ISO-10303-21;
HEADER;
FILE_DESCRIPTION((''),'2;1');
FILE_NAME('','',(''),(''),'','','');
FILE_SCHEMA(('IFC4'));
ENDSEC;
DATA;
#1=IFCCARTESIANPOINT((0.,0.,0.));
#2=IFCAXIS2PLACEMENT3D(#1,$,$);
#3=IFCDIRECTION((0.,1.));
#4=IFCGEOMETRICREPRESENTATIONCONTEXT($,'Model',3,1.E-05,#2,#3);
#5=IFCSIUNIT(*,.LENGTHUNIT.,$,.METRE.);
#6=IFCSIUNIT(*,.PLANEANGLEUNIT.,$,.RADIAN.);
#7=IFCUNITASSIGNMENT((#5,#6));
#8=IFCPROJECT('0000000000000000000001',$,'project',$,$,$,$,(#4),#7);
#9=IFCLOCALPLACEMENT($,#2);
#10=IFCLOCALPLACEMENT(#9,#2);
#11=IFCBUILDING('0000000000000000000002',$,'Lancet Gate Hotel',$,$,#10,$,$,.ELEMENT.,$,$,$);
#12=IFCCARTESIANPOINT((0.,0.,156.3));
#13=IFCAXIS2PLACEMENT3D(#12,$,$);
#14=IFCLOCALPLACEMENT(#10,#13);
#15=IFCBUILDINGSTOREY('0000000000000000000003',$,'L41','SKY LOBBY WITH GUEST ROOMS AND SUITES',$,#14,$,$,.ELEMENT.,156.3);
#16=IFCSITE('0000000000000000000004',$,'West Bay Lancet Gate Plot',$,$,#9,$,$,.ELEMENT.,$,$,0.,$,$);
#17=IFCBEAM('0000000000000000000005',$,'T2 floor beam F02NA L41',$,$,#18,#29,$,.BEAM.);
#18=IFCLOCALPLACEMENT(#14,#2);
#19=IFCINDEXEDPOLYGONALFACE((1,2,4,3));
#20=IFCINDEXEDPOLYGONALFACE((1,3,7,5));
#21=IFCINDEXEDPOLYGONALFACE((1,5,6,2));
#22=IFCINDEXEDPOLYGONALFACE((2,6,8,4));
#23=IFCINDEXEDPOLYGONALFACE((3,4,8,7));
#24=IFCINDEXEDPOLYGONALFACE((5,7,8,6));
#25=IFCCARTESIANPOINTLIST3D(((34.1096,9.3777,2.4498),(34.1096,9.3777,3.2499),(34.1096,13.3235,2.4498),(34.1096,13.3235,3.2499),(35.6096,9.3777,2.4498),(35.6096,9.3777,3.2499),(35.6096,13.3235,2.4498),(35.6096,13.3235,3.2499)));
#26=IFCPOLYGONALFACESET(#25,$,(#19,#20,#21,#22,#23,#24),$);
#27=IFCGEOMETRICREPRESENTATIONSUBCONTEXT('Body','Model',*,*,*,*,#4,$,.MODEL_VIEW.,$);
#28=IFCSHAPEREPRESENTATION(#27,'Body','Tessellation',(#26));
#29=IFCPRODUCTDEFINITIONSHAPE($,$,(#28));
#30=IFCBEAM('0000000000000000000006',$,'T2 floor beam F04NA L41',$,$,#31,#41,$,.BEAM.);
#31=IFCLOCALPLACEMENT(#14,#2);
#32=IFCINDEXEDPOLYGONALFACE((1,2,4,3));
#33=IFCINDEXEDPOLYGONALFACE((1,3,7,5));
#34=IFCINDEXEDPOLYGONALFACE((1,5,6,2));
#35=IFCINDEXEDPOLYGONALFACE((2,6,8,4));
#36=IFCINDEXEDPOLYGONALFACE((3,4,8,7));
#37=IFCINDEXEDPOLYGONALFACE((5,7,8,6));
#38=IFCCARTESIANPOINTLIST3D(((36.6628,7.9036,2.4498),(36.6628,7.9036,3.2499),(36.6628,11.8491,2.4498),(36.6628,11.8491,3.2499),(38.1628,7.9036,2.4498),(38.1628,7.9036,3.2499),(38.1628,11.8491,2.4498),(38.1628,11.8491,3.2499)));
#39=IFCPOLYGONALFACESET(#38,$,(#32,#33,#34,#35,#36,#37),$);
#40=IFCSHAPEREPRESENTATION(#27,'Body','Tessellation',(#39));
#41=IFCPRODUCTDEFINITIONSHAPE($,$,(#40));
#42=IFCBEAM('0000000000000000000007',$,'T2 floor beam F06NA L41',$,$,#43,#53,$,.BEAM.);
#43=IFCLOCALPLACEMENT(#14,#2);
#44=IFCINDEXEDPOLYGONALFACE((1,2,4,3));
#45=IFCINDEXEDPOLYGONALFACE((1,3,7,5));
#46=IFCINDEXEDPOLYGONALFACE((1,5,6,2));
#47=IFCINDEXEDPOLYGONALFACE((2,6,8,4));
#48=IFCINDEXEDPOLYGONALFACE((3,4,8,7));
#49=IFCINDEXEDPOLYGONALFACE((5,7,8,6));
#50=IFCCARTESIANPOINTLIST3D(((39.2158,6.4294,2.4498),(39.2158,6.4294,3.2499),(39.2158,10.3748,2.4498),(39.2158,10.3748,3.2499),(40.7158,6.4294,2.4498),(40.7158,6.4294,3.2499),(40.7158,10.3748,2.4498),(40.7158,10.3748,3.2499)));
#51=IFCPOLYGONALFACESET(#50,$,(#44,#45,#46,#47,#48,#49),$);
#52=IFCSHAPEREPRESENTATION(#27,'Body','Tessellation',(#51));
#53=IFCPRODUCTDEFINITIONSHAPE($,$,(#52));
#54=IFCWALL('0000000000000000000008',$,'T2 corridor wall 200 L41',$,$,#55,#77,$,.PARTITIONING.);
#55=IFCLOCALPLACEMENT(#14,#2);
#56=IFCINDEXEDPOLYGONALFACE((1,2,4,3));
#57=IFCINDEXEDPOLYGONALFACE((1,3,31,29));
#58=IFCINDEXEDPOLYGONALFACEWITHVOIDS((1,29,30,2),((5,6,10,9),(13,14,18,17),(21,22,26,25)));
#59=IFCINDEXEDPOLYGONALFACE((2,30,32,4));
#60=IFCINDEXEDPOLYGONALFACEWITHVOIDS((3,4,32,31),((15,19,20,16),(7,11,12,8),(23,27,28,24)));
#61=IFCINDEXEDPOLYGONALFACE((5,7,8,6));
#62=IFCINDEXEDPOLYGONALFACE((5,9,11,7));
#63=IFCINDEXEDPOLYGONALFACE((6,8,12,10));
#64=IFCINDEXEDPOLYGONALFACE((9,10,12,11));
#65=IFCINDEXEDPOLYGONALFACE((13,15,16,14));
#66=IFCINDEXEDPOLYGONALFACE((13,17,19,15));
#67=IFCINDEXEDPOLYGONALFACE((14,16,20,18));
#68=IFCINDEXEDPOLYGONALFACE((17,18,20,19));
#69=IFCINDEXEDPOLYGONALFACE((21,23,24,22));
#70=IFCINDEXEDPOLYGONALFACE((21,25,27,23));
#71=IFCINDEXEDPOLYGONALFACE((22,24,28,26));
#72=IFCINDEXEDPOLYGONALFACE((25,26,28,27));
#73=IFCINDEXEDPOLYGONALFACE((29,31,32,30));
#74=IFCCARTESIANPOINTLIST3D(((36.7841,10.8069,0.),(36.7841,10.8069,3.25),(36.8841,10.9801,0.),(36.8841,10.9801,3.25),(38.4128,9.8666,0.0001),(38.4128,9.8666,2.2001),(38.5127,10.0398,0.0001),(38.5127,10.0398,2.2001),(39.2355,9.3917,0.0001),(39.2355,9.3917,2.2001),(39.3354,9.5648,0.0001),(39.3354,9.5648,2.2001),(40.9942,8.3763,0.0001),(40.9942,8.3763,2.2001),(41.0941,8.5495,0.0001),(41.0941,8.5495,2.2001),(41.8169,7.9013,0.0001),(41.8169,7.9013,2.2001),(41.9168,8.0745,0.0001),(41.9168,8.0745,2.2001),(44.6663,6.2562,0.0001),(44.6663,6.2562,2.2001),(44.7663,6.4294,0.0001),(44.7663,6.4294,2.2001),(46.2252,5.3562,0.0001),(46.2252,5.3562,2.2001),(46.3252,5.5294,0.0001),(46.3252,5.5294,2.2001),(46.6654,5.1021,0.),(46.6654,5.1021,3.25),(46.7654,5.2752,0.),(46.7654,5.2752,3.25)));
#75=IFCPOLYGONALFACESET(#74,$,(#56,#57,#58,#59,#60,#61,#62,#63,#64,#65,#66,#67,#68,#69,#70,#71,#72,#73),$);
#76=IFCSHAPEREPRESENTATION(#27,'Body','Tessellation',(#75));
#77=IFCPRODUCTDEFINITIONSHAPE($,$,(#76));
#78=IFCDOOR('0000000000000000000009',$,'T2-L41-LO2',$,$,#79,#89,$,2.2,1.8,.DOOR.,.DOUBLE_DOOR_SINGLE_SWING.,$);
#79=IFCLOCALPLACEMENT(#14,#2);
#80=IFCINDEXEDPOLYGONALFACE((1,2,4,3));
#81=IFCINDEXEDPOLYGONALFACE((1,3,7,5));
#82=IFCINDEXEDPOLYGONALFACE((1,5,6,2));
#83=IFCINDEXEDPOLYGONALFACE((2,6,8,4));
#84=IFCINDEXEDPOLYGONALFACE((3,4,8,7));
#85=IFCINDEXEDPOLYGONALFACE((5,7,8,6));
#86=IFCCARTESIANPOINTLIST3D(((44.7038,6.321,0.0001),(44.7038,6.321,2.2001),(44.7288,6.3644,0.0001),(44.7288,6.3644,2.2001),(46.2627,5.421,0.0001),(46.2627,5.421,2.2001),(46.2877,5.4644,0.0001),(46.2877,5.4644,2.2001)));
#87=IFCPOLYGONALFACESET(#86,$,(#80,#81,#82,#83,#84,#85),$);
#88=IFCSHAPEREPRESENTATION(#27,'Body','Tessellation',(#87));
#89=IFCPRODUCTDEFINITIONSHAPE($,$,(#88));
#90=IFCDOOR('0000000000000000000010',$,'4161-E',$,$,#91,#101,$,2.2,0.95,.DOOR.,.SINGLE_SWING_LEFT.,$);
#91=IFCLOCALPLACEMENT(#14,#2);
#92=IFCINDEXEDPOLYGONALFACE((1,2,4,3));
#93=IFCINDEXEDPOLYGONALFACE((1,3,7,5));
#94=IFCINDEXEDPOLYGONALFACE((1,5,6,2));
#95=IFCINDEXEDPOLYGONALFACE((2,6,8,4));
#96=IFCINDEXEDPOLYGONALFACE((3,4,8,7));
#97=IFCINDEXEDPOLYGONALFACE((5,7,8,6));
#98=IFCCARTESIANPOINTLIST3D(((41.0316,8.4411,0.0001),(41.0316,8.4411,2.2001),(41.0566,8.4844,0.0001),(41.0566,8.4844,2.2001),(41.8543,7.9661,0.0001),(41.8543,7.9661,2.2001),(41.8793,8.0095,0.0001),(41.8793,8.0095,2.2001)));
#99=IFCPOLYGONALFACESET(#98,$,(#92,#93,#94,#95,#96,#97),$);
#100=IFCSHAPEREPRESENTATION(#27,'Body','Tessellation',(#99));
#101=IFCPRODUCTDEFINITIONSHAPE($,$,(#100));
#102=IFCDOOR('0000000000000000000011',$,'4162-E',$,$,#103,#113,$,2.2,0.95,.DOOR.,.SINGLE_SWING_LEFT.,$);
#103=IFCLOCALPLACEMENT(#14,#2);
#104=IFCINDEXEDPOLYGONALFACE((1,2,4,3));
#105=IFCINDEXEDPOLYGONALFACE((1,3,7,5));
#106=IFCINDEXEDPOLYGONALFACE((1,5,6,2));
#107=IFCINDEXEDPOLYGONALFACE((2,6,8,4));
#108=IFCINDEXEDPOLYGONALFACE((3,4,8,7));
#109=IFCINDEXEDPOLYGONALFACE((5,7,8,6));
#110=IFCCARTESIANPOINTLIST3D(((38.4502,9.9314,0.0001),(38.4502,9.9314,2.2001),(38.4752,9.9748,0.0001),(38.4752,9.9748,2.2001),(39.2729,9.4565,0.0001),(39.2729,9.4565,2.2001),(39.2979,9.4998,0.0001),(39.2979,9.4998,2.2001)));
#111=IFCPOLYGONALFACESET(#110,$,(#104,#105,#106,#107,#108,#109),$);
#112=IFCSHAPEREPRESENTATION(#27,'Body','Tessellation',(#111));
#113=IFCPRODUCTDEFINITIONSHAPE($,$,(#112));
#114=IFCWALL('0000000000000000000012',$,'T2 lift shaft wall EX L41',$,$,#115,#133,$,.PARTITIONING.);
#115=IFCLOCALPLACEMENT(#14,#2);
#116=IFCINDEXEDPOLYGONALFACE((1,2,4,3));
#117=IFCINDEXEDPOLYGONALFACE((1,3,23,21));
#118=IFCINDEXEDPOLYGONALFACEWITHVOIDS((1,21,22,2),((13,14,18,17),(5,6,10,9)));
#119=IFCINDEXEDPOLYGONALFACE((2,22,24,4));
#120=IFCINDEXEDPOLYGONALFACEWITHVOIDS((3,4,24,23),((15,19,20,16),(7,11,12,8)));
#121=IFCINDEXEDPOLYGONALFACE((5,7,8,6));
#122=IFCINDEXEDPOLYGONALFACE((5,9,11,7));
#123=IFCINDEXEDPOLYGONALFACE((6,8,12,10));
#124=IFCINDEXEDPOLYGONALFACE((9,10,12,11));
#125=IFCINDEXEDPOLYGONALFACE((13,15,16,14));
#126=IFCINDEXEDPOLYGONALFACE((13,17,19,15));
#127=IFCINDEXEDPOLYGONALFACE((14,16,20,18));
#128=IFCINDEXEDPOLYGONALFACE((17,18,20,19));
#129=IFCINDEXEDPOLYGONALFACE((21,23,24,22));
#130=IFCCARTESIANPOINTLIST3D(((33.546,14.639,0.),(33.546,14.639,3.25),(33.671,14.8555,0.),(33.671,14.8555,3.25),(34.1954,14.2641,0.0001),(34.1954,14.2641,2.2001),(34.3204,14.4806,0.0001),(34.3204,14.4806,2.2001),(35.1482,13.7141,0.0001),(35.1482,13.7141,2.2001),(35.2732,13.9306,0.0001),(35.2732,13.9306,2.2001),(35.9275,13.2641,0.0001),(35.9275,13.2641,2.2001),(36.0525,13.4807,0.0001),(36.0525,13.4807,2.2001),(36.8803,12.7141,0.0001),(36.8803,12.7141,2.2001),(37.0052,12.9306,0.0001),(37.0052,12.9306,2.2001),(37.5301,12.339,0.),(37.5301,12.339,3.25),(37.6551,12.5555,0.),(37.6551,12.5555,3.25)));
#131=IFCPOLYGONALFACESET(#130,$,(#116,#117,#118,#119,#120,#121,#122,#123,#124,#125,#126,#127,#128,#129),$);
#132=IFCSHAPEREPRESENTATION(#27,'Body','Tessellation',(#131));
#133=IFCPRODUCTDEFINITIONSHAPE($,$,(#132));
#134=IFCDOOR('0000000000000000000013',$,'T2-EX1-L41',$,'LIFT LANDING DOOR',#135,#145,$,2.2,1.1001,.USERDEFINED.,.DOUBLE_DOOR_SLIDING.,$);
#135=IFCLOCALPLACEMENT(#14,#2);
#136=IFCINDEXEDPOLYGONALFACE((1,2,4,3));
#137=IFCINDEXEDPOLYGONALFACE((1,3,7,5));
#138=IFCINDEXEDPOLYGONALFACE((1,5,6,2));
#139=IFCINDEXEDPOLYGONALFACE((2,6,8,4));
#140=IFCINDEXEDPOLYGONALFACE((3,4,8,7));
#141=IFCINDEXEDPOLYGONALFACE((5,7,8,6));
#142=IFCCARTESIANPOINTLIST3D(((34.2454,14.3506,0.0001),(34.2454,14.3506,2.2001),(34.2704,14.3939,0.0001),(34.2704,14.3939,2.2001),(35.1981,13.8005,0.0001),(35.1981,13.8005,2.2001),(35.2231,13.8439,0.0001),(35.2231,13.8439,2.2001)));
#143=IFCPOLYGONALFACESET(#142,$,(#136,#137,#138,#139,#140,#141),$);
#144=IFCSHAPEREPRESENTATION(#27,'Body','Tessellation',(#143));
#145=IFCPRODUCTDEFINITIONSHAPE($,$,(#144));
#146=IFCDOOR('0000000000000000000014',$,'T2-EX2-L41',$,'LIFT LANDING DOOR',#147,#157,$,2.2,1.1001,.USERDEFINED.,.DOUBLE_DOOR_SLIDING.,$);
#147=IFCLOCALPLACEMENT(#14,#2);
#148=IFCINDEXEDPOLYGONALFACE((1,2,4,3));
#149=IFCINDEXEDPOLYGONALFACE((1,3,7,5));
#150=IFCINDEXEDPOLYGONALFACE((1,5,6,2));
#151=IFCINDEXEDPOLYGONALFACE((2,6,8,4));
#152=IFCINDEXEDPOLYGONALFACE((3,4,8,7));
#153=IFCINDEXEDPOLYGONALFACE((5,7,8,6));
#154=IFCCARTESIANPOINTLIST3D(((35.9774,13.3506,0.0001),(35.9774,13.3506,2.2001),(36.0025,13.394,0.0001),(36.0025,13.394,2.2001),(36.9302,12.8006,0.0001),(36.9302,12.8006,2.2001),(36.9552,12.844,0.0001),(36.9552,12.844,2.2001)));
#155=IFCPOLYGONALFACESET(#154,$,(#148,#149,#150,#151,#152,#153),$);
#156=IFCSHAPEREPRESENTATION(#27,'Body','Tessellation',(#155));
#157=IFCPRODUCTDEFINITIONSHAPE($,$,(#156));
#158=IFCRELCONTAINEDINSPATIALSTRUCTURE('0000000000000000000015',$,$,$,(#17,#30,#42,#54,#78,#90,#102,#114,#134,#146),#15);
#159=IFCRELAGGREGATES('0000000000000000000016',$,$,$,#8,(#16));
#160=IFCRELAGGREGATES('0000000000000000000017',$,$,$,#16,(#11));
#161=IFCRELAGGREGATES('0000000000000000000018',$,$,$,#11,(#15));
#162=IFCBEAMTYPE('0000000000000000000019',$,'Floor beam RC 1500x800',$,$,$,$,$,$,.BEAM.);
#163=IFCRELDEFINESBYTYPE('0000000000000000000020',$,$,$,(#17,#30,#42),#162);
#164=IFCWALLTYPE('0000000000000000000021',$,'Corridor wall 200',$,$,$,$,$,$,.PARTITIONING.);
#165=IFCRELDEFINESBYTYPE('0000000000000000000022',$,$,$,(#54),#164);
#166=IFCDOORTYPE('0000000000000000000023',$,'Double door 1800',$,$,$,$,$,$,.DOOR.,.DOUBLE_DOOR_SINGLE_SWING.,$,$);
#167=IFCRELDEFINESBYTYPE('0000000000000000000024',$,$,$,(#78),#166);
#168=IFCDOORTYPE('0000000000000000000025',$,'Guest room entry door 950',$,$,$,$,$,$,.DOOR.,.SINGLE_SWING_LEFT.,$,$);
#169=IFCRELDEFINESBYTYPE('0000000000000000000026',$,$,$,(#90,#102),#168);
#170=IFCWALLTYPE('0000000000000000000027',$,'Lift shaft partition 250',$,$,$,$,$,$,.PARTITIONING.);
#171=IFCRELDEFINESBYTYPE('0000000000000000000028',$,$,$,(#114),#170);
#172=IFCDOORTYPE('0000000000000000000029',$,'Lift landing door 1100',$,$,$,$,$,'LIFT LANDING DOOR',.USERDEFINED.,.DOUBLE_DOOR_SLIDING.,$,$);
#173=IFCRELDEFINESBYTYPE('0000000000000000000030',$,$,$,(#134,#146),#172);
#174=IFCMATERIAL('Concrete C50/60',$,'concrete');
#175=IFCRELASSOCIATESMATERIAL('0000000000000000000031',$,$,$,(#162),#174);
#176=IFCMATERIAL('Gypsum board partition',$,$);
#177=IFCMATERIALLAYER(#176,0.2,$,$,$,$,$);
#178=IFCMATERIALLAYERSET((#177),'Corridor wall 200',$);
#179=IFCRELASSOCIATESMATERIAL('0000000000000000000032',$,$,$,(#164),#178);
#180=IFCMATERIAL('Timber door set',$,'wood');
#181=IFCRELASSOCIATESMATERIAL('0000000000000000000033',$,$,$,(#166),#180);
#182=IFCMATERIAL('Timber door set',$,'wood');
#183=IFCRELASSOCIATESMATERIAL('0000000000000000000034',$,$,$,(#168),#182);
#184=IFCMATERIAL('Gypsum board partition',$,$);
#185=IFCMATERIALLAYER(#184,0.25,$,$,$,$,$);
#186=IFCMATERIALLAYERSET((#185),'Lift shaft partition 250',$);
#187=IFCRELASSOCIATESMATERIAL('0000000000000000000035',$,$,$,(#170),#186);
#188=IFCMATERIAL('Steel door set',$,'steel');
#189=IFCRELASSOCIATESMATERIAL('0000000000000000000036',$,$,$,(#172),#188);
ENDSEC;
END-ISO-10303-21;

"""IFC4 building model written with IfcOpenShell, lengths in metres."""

from ifc_helpers import new_model, si_unit, direction, frame, frame_2d, origin, origin_2d, place, context, subcontext, project, spatial, rectangle, extrude, material, layer, layer_set, material_profile, profile_set, type_object, element, fill, save


model = new_model("IFC4")

# Units and contexts
model_context = context("Model", 3, precision=1e-05, world=origin(), true_north=direction((0.0, 1.0)))
body_context = subcontext(model_context, "Body", "Model", "MODEL_VIEW")
ifc_project = project(units=[si_unit("LENGTHUNIT", "METRE"), si_unit("PLANEANGLEUNIT", "RADIAN")], contexts=[model_context])

# Site, building, storey
site_placement = place(None, origin())
site = spatial("IfcSite", under=ifc_project, at=site_placement, Name="West Bay Lancet Gate Plot", CompositionType="ELEMENT", RefElevation=0.0)
building_placement = place(site_placement, origin())
building = spatial("IfcBuilding", under=site, at=building_placement, Name="Lancet Gate Hotel", CompositionType="ELEMENT")
storey_placement = place(building_placement, frame((0.0, 0.0, 156.3)))
storey = spatial("IfcBuildingStorey", under=building, at=storey_placement, Name="L41", Description="SKY LOBBY WITH GUEST ROOMS AND SUITES", CompositionType="ELEMENT", Elevation=156.3)

# Beams
ifc_material_1 = material(Name="Concrete C50/60", Category="concrete")
ifc_material_profile = material_profile(ifc_material_1, rectangle(XDim=1.5, YDim=0.8, at=origin_2d()), Name="RC 1500x800")
ifc_profile_set = profile_set([ifc_material_profile], Name="Concrete C50/60")
beam_type = type_object("IfcBeamType", Name="Floor beam RC 1500x800", PredefinedType="BEAM", material=ifc_profile_set)
beam_1_placement = place(storey_placement, frame((34.8596, 9.3777, 2.8499), z_axis=(0.0, 1.0, 0.0), x_axis=(-1.0, 0.0, 0.0)))
element("IfcBeam", 1, at=beam_1_placement, inside=storey, type_object=beam_type, Name="T2 floor beam F02NA L41", PredefinedType="BEAM", context=body_context, shape_type="SweptSolid", body=[
    extrude(rectangle(XDim=1.5, YDim=0.8, at=origin_2d()), origin(), (0.0, 0.0, 1.0), 3.9458),
])
beam_2_placement = place(storey_placement, frame((37.4128, 7.9036, 2.8499), z_axis=(0.0, 1.0, 0.0), x_axis=(-1.0, 0.0, 0.0)))
element("IfcBeam", 2, at=beam_2_placement, inside=storey, type_object=beam_type, Name="T2 floor beam F04NA L41", PredefinedType="BEAM", context=body_context, shape_type="SweptSolid", body=[
    extrude(rectangle(XDim=1.5, YDim=0.8, at=origin_2d()), origin(), (0.0, 0.0, 1.0), 3.9456),
])
beam_3_placement = place(storey_placement, frame((39.9658, 6.4294, 2.8499), z_axis=(0.0, 1.0, 0.0), x_axis=(-1.0, 0.0, 0.0)))
element("IfcBeam", 3, at=beam_3_placement, inside=storey, type_object=beam_type, Name="T2 floor beam F06NA L41", PredefinedType="BEAM", context=body_context, shape_type="SweptSolid", body=[
    extrude(rectangle(XDim=1.5, YDim=0.8, at=origin_2d()), origin(), (0.0, 0.0, 1.0), 3.9453),
])

# Walls, openings, doors
ifc_material_2 = material(Name="Gypsum board partition")
ifc_layer_1 = layer(ifc_material_2, 0.2)
ifc_layer_set_1 = layer_set([ifc_layer_1], Name="Corridor wall 200")
wall_type_1 = type_object("IfcWallType", Name="Corridor wall 200", PredefinedType="PARTITIONING", material=ifc_layer_set_1)
wall_1_placement = place(storey_placement, frame((36.834, 10.8936, 0.0), z_axis=(0.0, 0.0, 1.0), x_axis=(0.866032, -0.499989, 0.0)))
wall_1 = element("IfcWall", 4, at=wall_1_placement, inside=storey, type_object=wall_type_1, Name="T2 corridor wall 200 L41", PredefinedType="PARTITIONING", context=body_context, shape_type="SweptSolid", body=[
    extrude(rectangle(XDim=11.4099, YDim=0.2, at=frame_2d((5.7051, 0.0))), origin(), (0.0, 0.0, 1.0), 3.25),
])
opening_1_placement = place(wall_1_placement, frame((4.8613, 0.0, 0.0)))
opening_1 = element("IfcOpeningElement", 5, at=opening_1_placement, cuts=wall_1, PredefinedType="OPENING", context=body_context, shape_type="SweptSolid", body=[
    extrude(rectangle(XDim=0.95, YDim=2.2, at=frame_2d((0.4751, 1.1001))), frame((0.0, 0.1099, 0.0), z_axis=(0.0, -1.0, 0.0), x_axis=(1.0, 0.0, 0.0)), (0.0, 0.0, 1.0), 0.22),
])
opening_2_placement = place(wall_1_placement, frame((1.8806, 0.0, 0.0)))
opening_2 = element("IfcOpeningElement", 6, at=opening_2_placement, cuts=wall_1, PredefinedType="OPENING", context=body_context, shape_type="SweptSolid", body=[
    extrude(rectangle(XDim=0.95, YDim=2.2, at=frame_2d((0.4751, 1.1001))), frame((0.0, 0.1099, 0.0), z_axis=(0.0, -1.0, 0.0), x_axis=(1.0, 0.0, 0.0)), (0.0, 0.0, 1.0), 0.22),
])
opening_3_placement = place(wall_1_placement, frame((9.1018, 0.0, 0.0)))
opening_3 = element("IfcOpeningElement", 7, at=opening_3_placement, cuts=wall_1, PredefinedType="OPENING", context=body_context, shape_type="SweptSolid", body=[
    extrude(rectangle(XDim=1.8, YDim=2.2, at=frame_2d((0.8999, 1.1001))), frame((0.0, 0.1099, 0.0), z_axis=(0.0, -1.0, 0.0), x_axis=(1.0, 0.0, 0.0)), (0.0, 0.0, 1.0), 0.22),
])
ifc_material_3 = material(Name="Timber door set", Category="wood")
door_type_1 = type_object("IfcDoorType", Name="Double door 1800", OperationType="DOUBLE_DOOR_SINGLE_SWING", PredefinedType="DOOR", material=ifc_material_3)
door_1_placement = place(opening_3_placement, origin())
door_1 = element("IfcDoor", 8, at=door_1_placement, inside=storey, type_object=door_type_1, Name="T2-L41-LO2", OperationType="DOUBLE_DOOR_SINGLE_SWING", OverallHeight=2.2, OverallWidth=1.8, PredefinedType="DOOR", context=body_context, shape_type="SweptSolid", body=[
    extrude(rectangle(XDim=1.8, YDim=2.2, at=frame_2d((0.8999, 1.1001))), frame((0.0, 0.0249, 0.0), z_axis=(0.0, -1.0, 0.0), x_axis=(1.0, 0.0, 0.0)), (0.0, 0.0, 1.0), 0.05),
])
fill(opening_3, door_1)
ifc_material_4 = material(Name="Timber door set", Category="wood")
door_type_2 = type_object("IfcDoorType", Name="Guest room entry door 950", OperationType="SINGLE_SWING_LEFT", PredefinedType="DOOR", material=ifc_material_4)
door_2_placement = place(opening_1_placement, origin())
door_2 = element("IfcDoor", 9, at=door_2_placement, inside=storey, type_object=door_type_2, Name="4161-E", OperationType="SINGLE_SWING_LEFT", OverallHeight=2.2, OverallWidth=0.95, PredefinedType="DOOR", context=body_context, shape_type="SweptSolid", body=[
    extrude(rectangle(XDim=0.95, YDim=2.2, at=frame_2d((0.4751, 1.1001))), frame((0.0, 0.0249, 0.0), z_axis=(0.0, -1.0, 0.0), x_axis=(1.0, 0.0, 0.0)), (0.0, 0.0, 1.0), 0.05),
])
fill(opening_1, door_2)
door_3_placement = place(opening_2_placement, origin())
door_3 = element("IfcDoor", 10, at=door_3_placement, inside=storey, type_object=door_type_2, Name="4162-E", OperationType="SINGLE_SWING_LEFT", OverallHeight=2.2, OverallWidth=0.95, PredefinedType="DOOR", context=body_context, shape_type="SweptSolid", body=[
    extrude(rectangle(XDim=0.95, YDim=2.2, at=frame_2d((0.4751, 1.1001))), frame((0.0, 0.0249, 0.0), z_axis=(0.0, -1.0, 0.0), x_axis=(1.0, 0.0, 0.0)), (0.0, 0.0, 1.0), 0.05),
])
fill(opening_2, door_3)
ifc_material_5 = material(Name="Gypsum board partition")
ifc_layer_2 = layer(ifc_material_5, 0.25)
ifc_layer_set_2 = layer_set([ifc_layer_2], Name="Lift shaft partition 250")
wall_type_2 = type_object("IfcWallType", Name="Lift shaft partition 250", PredefinedType="PARTITIONING", material=ifc_layer_set_2)
wall_2_placement = place(storey_placement, frame((33.6084, 14.7473, 0.0), z_axis=(0.0, 0.0, 1.0), x_axis=(0.866043, -0.499969, 0.0)))
wall_2 = element("IfcWall", 11, at=wall_2_placement, inside=storey, type_object=wall_type_2, Name="T2 lift shaft wall EX L41", PredefinedType="PARTITIONING", context=body_context, shape_type="SweptSolid", body=[
    extrude(rectangle(XDim=4.6003, YDim=0.25, at=frame_2d((2.3003, 0.0))), origin(), (0.0, 0.0, 1.0), 3.25),
])
opening_4_placement = place(wall_2_placement, frame((0.75, 0.0, 0.0)))
opening_4 = element("IfcOpeningElement", 12, at=opening_4_placement, cuts=wall_2, PredefinedType="OPENING", context=body_context, shape_type="SweptSolid", body=[
    extrude(rectangle(XDim=1.1001, YDim=2.2, at=frame_2d((0.55, 1.1001))), frame((0.0, 0.135, 0.0), z_axis=(0.0, -1.0, 0.0), x_axis=(1.0, 0.0, 0.0)), (0.0, 0.0, 1.0), 0.27),
])
opening_5_placement = place(wall_2_placement, frame((2.75, 0.0, 0.0)))
opening_5 = element("IfcOpeningElement", 13, at=opening_5_placement, cuts=wall_2, PredefinedType="OPENING", context=body_context, shape_type="SweptSolid", body=[
    extrude(rectangle(XDim=1.1001, YDim=2.2, at=frame_2d((0.55, 1.1001))), frame((0.0, 0.135, 0.0), z_axis=(0.0, -1.0, 0.0), x_axis=(1.0, 0.0, 0.0)), (0.0, 0.0, 1.0), 0.27),
])
ifc_material_6 = material(Name="Steel door set", Category="steel")
door_type_3 = type_object("IfcDoorType", Name="Lift landing door 1100", ElementType="LIFT LANDING DOOR", OperationType="DOUBLE_DOOR_SLIDING", PredefinedType="USERDEFINED", material=ifc_material_6)
door_4_placement = place(opening_4_placement, origin())
door_4 = element("IfcDoor", 14, at=door_4_placement, inside=storey, type_object=door_type_3, Name="T2-EX1-L41", ObjectType="LIFT LANDING DOOR", OperationType="DOUBLE_DOOR_SLIDING", OverallHeight=2.2, OverallWidth=1.1001, PredefinedType="USERDEFINED", context=body_context, shape_type="SweptSolid", body=[
    extrude(rectangle(XDim=1.1001, YDim=2.2, at=frame_2d((0.55, 1.1001))), frame((0.0, 0.0249, 0.0), z_axis=(0.0, -1.0, 0.0), x_axis=(1.0, 0.0, 0.0)), (0.0, 0.0, 1.0), 0.05),
])
fill(opening_4, door_4)
door_5_placement = place(opening_5_placement, origin())
door_5 = element("IfcDoor", 15, at=door_5_placement, inside=storey, type_object=door_type_3, Name="T2-EX2-L41", ObjectType="LIFT LANDING DOOR", OperationType="DOUBLE_DOOR_SLIDING", OverallHeight=2.2, OverallWidth=1.1001, PredefinedType="USERDEFINED", context=body_context, shape_type="SweptSolid", body=[
    extrude(rectangle(XDim=1.1001, YDim=2.2, at=frame_2d((0.55, 1.1001))), frame((0.0, 0.0249, 0.0), z_axis=(0.0, -1.0, 0.0), x_axis=(1.0, 0.0, 0.0)), (0.0, 0.0, 1.0), 0.05),
])
fill(opening_5, door_5)

save(model, "model.ifc")
